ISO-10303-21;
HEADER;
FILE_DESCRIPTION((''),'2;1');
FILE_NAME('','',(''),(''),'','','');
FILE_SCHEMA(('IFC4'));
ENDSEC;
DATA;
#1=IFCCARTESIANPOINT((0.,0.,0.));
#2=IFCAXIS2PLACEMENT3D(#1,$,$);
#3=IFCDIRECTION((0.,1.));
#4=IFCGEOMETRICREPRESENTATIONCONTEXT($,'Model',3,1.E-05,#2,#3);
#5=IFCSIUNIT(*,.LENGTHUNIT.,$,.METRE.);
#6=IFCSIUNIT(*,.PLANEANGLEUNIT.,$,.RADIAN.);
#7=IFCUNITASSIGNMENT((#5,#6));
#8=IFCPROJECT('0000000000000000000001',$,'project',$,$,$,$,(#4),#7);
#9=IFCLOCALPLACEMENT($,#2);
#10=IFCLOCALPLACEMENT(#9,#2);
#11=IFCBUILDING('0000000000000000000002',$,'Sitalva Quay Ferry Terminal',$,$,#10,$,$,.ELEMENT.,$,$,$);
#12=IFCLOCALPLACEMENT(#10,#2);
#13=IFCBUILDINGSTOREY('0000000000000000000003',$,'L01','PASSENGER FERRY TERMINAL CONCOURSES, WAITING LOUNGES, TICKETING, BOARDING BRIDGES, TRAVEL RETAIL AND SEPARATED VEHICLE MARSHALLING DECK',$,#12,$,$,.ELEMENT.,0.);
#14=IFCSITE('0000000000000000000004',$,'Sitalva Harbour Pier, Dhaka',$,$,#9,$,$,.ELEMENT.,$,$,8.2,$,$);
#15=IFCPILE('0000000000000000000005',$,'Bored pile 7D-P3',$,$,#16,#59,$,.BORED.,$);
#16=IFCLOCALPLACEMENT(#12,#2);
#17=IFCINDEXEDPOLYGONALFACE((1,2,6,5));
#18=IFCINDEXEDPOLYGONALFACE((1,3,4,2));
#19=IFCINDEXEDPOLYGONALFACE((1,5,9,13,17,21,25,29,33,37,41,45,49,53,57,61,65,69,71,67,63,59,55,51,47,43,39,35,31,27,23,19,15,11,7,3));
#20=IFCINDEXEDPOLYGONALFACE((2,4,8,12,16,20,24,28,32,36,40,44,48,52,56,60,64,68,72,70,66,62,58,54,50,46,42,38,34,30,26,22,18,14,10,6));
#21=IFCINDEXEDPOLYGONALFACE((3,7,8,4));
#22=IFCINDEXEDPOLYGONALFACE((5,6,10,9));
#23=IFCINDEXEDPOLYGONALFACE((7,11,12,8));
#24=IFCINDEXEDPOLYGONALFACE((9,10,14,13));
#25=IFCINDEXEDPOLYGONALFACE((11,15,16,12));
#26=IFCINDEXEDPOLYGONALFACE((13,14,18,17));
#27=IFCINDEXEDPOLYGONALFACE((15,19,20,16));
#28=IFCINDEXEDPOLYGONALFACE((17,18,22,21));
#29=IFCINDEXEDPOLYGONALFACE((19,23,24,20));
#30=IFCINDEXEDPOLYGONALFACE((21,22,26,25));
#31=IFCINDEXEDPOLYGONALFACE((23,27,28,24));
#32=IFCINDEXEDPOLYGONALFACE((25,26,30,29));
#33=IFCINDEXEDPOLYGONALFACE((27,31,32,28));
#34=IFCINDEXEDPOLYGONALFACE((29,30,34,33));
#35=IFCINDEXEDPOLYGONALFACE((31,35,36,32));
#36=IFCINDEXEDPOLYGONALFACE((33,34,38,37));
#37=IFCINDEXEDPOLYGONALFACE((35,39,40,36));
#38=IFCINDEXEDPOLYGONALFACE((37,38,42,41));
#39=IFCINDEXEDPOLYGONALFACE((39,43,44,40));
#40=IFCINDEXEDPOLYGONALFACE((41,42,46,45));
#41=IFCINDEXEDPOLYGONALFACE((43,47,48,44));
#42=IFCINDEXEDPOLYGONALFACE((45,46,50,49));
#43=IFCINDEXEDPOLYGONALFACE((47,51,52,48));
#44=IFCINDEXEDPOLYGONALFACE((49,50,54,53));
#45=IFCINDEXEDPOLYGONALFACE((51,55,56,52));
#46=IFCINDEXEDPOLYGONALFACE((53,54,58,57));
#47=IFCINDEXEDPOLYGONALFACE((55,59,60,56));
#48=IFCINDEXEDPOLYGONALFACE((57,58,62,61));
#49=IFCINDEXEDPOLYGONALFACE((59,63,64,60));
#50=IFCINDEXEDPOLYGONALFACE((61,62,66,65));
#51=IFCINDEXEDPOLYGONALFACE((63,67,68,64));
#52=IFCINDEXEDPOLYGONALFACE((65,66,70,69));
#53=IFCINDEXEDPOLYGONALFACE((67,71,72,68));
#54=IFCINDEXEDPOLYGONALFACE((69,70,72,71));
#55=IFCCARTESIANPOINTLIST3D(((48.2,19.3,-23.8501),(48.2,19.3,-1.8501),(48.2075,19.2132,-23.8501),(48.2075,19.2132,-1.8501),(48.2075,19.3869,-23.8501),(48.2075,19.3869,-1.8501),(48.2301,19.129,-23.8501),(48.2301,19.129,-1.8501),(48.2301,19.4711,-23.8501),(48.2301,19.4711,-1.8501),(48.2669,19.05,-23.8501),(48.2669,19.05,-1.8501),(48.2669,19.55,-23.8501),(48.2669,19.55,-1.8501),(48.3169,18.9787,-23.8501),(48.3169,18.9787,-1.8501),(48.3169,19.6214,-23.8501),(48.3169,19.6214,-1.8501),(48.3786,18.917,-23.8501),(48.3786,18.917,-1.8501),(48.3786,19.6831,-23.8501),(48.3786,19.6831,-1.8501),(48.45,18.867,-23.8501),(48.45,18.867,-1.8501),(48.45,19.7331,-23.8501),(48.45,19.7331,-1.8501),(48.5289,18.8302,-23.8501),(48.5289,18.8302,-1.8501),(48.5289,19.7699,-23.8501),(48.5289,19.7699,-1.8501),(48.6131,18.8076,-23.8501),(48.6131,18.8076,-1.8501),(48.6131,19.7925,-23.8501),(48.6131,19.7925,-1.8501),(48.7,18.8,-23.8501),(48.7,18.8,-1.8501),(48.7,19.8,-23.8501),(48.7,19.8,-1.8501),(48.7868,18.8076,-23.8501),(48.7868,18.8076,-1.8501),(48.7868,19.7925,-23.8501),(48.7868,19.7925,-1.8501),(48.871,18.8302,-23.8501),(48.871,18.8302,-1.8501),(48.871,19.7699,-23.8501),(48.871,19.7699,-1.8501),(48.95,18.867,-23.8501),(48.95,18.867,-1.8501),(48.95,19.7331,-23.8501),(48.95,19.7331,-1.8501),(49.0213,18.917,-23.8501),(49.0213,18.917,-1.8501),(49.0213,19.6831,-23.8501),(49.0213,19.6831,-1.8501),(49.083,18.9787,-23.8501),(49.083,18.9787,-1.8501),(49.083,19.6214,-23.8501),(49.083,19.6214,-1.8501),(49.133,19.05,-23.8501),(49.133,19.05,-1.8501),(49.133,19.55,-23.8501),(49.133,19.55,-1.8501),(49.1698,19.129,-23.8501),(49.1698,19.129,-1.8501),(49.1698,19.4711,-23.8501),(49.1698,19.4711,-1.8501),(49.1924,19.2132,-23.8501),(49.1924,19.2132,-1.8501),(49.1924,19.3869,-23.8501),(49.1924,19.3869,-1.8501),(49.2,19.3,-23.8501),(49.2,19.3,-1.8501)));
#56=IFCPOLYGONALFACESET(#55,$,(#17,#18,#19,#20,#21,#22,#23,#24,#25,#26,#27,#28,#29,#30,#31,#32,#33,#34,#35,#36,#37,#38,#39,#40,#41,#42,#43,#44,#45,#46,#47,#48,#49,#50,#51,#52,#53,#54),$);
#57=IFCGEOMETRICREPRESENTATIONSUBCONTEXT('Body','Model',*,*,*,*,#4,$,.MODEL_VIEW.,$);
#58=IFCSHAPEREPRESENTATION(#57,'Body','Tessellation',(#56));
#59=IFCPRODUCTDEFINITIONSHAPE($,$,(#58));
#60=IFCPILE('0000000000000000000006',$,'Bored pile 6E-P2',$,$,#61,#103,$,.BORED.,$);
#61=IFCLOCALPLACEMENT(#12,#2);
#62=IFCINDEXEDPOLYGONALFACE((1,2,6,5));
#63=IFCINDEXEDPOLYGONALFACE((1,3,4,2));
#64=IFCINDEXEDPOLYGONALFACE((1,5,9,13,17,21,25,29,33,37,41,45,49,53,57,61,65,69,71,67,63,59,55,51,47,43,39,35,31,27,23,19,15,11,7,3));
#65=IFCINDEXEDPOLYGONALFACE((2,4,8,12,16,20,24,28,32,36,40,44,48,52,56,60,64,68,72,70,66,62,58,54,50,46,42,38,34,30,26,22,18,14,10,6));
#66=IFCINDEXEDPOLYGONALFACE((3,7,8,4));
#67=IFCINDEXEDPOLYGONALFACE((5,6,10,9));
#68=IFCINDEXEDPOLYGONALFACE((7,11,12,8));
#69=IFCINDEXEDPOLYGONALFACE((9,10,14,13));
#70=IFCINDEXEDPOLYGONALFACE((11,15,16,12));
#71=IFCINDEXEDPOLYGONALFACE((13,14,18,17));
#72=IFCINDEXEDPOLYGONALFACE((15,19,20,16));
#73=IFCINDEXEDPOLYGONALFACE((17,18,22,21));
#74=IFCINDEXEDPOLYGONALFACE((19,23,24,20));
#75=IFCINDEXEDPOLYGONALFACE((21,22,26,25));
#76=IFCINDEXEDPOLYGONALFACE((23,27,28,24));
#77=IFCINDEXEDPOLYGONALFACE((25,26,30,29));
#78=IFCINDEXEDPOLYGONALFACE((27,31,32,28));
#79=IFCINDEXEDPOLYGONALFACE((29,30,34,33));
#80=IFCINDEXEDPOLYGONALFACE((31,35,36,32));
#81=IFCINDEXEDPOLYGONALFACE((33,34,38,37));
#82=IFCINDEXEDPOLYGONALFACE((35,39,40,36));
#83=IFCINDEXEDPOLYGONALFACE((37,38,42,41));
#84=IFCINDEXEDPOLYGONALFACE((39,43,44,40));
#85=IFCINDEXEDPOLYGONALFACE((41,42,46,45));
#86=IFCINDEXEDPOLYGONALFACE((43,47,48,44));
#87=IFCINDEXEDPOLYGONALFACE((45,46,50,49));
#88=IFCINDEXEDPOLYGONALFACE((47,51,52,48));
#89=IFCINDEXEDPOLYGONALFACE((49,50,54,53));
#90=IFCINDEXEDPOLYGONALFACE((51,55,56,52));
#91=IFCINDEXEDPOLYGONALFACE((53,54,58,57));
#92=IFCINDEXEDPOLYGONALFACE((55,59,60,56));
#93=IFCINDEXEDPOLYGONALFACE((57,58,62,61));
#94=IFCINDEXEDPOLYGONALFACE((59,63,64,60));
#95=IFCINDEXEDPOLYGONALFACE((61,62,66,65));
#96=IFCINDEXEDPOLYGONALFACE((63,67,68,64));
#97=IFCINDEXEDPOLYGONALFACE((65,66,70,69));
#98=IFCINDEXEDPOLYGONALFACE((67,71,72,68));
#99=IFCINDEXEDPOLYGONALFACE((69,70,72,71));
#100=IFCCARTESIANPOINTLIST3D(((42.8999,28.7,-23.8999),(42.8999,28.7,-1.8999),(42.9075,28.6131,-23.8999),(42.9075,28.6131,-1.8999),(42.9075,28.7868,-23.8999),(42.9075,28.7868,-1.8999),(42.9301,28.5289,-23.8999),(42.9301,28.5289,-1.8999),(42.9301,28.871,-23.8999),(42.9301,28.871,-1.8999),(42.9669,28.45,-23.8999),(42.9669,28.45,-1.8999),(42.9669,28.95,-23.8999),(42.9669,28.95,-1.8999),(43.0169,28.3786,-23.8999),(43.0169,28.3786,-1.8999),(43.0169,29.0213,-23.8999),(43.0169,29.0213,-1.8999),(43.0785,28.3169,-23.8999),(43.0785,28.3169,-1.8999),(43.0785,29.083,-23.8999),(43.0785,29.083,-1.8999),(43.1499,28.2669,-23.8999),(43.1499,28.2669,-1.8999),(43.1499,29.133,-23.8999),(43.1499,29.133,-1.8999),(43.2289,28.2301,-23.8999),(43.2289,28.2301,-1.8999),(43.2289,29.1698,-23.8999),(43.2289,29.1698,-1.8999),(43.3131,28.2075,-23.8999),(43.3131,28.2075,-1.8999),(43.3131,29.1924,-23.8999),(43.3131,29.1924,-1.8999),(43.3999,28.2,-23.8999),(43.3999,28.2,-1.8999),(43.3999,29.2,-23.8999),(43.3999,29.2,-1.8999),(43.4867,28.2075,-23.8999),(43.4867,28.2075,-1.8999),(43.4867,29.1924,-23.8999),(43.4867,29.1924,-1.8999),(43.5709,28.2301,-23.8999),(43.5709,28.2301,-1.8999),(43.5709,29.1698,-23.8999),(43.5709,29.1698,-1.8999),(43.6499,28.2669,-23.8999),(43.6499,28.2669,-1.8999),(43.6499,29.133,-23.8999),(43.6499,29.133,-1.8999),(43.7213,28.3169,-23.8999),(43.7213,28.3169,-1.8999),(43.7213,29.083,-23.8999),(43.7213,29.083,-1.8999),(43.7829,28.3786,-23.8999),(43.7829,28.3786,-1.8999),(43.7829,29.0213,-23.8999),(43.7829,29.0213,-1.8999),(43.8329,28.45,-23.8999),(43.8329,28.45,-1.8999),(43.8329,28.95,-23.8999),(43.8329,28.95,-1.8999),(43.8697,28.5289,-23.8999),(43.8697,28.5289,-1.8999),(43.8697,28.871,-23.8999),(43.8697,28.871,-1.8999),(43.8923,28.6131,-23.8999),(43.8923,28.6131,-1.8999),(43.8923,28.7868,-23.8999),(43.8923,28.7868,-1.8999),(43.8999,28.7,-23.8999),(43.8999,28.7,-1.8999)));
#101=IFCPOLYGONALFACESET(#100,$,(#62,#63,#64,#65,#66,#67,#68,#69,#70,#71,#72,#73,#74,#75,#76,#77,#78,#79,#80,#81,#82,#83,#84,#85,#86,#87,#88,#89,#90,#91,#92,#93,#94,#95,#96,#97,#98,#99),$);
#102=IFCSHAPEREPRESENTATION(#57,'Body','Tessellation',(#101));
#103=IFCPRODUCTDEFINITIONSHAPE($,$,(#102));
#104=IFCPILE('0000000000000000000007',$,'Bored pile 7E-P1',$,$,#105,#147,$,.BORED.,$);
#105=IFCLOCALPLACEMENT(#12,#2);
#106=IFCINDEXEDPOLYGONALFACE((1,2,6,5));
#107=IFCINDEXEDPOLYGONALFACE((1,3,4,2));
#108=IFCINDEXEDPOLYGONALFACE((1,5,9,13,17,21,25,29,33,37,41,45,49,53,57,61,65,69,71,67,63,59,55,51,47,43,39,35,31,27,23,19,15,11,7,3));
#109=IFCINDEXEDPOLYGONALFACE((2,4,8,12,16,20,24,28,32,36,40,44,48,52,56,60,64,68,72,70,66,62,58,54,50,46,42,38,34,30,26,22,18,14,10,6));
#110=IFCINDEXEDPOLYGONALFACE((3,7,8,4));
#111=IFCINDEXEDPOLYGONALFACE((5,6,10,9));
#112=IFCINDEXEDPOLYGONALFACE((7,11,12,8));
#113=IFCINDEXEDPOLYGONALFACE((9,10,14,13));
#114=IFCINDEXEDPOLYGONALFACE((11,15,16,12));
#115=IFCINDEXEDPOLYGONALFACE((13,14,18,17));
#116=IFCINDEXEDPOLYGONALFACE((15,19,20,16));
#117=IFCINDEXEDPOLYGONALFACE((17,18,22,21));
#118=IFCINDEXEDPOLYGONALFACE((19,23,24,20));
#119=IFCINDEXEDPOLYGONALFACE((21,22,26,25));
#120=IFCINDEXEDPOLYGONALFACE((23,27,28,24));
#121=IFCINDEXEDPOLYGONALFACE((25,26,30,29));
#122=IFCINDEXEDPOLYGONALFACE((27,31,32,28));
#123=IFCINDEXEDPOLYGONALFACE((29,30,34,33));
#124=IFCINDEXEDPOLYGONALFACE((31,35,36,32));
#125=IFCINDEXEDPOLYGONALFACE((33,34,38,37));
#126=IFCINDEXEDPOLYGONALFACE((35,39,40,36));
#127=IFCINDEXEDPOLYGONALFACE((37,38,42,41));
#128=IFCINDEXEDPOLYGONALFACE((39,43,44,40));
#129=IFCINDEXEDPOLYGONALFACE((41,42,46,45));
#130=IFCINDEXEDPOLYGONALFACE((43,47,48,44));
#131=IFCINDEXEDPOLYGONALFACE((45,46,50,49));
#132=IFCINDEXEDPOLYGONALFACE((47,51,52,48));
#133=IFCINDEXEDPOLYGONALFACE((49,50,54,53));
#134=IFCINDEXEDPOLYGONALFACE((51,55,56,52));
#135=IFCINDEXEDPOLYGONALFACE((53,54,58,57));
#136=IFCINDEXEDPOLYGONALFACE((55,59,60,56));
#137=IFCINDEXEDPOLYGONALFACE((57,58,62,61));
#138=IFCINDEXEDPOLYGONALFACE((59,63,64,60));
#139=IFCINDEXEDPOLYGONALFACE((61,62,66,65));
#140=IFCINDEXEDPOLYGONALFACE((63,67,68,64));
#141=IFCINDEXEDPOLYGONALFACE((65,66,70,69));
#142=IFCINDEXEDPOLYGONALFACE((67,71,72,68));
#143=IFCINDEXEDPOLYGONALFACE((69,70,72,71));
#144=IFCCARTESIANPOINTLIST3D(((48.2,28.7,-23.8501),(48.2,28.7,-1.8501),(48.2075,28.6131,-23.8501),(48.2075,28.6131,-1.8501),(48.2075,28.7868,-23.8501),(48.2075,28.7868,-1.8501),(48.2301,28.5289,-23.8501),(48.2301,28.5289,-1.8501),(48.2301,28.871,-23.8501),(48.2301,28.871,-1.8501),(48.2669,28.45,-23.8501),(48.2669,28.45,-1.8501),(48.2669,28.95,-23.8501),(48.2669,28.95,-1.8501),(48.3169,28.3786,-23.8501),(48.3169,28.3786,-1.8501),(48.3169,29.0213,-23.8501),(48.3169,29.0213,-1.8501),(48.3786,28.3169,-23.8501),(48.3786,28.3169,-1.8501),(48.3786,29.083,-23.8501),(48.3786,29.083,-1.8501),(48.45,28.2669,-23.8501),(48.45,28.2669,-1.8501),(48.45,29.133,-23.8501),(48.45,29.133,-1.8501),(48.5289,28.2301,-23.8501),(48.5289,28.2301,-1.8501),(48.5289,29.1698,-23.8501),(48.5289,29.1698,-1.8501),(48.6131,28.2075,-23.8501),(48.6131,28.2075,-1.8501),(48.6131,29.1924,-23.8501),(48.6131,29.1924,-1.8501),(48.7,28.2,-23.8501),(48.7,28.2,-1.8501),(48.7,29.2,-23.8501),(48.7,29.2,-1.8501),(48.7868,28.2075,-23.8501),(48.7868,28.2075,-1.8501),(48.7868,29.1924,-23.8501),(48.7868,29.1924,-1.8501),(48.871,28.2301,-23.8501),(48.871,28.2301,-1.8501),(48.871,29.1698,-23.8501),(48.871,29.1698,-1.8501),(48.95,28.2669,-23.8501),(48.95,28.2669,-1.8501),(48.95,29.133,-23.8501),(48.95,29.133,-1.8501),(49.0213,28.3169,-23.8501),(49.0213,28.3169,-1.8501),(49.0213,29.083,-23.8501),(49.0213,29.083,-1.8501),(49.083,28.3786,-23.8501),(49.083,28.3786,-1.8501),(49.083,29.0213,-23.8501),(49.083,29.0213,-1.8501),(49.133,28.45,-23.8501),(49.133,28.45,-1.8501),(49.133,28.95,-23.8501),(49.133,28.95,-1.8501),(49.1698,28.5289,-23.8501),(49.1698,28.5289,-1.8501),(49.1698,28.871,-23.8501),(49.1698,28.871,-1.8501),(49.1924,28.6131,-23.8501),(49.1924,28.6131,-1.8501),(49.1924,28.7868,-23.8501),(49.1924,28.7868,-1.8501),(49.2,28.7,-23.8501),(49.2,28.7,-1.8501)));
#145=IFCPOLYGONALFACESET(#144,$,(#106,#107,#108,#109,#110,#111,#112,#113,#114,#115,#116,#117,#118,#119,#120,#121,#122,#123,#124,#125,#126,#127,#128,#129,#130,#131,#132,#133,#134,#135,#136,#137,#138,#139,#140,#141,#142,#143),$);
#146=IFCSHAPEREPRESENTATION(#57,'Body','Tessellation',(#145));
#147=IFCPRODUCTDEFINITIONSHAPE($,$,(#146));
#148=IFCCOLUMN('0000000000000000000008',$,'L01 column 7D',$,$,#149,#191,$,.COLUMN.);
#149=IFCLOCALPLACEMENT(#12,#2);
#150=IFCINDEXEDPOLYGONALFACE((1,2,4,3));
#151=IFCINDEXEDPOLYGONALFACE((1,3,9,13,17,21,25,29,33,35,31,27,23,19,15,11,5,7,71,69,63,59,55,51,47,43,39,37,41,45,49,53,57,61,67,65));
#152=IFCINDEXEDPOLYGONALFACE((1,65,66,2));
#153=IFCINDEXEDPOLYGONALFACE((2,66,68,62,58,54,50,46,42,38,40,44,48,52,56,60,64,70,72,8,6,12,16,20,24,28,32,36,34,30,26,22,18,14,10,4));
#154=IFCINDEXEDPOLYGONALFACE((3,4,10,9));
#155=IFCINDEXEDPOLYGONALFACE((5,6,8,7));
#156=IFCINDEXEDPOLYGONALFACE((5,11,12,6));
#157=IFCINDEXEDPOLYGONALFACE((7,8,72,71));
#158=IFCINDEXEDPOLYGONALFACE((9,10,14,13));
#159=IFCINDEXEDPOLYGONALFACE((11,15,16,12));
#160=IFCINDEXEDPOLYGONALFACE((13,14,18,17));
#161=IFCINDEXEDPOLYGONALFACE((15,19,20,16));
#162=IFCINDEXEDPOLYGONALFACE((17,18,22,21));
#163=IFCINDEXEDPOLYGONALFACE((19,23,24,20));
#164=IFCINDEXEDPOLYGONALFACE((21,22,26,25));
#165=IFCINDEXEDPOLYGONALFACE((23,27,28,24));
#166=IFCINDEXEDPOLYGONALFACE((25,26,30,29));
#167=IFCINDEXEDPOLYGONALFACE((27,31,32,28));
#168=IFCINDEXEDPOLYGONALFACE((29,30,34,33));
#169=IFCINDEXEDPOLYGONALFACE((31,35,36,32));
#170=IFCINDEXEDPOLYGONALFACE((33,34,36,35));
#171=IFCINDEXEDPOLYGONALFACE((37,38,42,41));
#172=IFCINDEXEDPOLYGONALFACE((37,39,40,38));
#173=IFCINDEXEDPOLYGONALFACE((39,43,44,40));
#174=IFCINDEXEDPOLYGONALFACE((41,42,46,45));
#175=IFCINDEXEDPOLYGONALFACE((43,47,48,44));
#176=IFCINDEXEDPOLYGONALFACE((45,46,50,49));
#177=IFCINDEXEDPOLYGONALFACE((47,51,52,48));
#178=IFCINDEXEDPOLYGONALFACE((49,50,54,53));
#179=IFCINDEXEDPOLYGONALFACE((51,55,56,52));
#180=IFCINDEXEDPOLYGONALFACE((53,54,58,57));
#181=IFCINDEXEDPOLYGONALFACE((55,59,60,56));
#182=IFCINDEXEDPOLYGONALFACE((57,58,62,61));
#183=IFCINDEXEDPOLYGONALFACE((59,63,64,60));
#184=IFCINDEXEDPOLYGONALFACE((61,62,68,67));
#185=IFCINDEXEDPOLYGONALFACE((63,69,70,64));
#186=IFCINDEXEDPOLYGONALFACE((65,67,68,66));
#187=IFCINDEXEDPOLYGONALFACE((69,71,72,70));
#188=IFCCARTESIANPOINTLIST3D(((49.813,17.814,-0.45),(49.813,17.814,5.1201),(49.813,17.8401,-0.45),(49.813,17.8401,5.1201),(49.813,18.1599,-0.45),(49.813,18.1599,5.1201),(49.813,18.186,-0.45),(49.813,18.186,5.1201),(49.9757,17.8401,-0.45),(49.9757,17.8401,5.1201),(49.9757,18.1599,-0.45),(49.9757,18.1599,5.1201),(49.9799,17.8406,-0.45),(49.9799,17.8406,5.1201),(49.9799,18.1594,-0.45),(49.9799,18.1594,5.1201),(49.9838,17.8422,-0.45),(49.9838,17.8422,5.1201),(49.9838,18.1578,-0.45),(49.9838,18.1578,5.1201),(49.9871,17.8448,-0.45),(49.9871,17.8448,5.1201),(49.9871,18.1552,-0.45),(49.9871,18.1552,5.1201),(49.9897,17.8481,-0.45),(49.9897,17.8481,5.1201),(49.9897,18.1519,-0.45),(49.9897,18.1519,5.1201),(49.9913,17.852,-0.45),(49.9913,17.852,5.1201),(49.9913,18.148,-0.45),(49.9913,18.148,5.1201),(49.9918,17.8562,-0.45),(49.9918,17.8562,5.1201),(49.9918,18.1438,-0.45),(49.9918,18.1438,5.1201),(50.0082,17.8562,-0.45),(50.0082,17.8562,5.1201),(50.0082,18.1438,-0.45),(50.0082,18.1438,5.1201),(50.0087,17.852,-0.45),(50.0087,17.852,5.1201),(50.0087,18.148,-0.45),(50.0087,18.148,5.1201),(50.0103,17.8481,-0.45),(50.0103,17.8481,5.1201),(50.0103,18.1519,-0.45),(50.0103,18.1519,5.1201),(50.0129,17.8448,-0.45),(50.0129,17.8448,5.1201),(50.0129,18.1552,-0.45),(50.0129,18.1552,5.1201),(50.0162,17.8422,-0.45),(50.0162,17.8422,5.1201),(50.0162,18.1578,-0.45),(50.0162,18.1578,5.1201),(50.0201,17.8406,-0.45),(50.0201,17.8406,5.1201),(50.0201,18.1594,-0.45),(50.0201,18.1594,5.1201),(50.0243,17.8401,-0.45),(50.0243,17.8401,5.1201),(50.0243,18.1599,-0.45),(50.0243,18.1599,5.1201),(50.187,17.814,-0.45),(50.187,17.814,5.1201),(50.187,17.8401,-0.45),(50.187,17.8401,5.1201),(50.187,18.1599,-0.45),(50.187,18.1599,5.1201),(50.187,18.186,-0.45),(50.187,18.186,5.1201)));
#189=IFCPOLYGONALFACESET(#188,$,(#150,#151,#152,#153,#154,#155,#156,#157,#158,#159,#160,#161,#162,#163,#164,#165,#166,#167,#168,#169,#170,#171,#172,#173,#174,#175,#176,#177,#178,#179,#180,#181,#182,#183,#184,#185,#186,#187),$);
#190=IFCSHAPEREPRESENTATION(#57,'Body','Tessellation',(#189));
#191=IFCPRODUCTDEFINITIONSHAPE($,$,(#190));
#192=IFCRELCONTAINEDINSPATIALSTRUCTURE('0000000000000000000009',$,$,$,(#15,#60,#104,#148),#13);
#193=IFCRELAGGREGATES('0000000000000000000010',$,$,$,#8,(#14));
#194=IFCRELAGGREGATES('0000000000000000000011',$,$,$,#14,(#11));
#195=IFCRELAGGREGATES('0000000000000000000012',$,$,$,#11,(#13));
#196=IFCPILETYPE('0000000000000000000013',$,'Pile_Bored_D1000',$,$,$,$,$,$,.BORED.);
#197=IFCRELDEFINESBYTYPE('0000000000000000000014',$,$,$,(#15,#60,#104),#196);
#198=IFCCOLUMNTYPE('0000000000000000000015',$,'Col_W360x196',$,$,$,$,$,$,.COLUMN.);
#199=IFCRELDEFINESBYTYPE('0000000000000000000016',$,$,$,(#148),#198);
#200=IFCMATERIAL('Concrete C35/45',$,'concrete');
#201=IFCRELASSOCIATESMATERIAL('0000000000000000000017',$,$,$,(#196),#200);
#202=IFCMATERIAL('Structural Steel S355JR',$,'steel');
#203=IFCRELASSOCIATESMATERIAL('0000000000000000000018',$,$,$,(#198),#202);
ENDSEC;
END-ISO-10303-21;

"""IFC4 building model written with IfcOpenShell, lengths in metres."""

from ifc_helpers import new_model, si_unit, direction, frame, origin, origin_2d, place, context, subcontext, project, spatial, circle, i_section, extrude, material, material_profile, profile_set, type_object, element, save


model = new_model("IFC4")

# Units and contexts
model_context = context("Model", 3, precision=1e-05, world=origin(), true_north=direction((0.0, 1.0)))
body_context = subcontext(model_context, "Body", "Model", "MODEL_VIEW")
ifc_project = project(units=[si_unit("LENGTHUNIT", "METRE"), si_unit("PLANEANGLEUNIT", "RADIAN")], contexts=[model_context])

# Site, building, storey
site_placement = place(None, origin())
site = spatial("IfcSite", under=ifc_project, at=site_placement, Name="Sitalva Harbour Pier, Dhaka", CompositionType="ELEMENT", RefElevation=8.2)
building_placement = place(site_placement, origin())
building = spatial("IfcBuilding", under=site, at=building_placement, Name="Sitalva Quay Ferry Terminal", CompositionType="ELEMENT")
storey_placement = place(building_placement, origin())
storey = spatial("IfcBuildingStorey", under=building, at=storey_placement, Name="L01", Description="PASSENGER FERRY TERMINAL CONCOURSES, WAITING LOUNGES, TICKETING, BOARDING BRIDGES, TRAVEL RETAIL AND SEPARATED VEHICLE MARSHALLING DECK", CompositionType="ELEMENT", Elevation=0.0)

# Piles
ifc_material_1 = material(Name="Concrete C35/45", Category="concrete")
ifc_material_profile_1 = material_profile(ifc_material_1, circle(Radius=0.5, at=origin_2d()), Name="PILE-D1000")
ifc_profile_set_1 = profile_set([ifc_material_profile_1], Name="Concrete C35/45")
pile_type = type_object("IfcPileType", Name="Pile_Bored_D1000", PredefinedType="BORED", material=ifc_profile_set_1)
for number, where, z_axis, x_axis, name in (
    (1, (48.7, 19.3, -1.8501), (0.0, 0.0, -1.0), (1.0, 0.0, 0.0), "Bored pile 7D-P3"),
    (2, (43.3999, 28.7, -1.8999), (0.0, 0.0, -1.0), (1.0, 0.0, 0.0), "Bored pile 6E-P2"),
    (3, (48.7, 28.7, -1.8501), (0.0, 0.0, -1.0), (1.0, 0.0, 0.0), "Bored pile 7E-P1"),
):
    element("IfcPile", number, at=place(storey_placement, frame(where, z_axis=z_axis, x_axis=x_axis)), inside=storey, type_object=pile_type, Name=name, PredefinedType="BORED", context=body_context, shape_type="SweptSolid", body=[
        extrude(circle(Radius=0.5, at=origin_2d()), origin(), (0.0, 0.0, 1.0), 22.0),
    ])

# Column
ifc_material_2 = material(Name="Structural Steel S355JR", Category="steel")
ifc_material_profile_2 = material_profile(ifc_material_2, i_section(OverallWidth=0.374, OverallDepth=0.3721, WebThickness=0.0164, FlangeThickness=0.0261, FilletRadius=0.0161, at=origin_2d()), Name="W360x196")
ifc_profile_set_2 = profile_set([ifc_material_profile_2], Name="Structural Steel S355JR")
column_type = type_object("IfcColumnType", Name="Col_W360x196", PredefinedType="COLUMN", material=ifc_profile_set_2)
column_placement = place(storey_placement, frame((50.0, 18.0, -0.45), z_axis=(0.0, 0.0, 1.0), x_axis=(1.0, 0.0, 0.0)))
element("IfcColumn", 4, at=column_placement, inside=storey, type_object=column_type, Name="L01 column 7D", PredefinedType="COLUMN", context=body_context, shape_type="SweptSolid", body=[
    extrude(i_section(OverallWidth=0.374, OverallDepth=0.3721, WebThickness=0.0164, FlangeThickness=0.0261, FilletRadius=0.0161, at=origin_2d()), origin(), (0.0, 0.0, 1.0), 5.5701),
])

save(model, "model.ifc")
